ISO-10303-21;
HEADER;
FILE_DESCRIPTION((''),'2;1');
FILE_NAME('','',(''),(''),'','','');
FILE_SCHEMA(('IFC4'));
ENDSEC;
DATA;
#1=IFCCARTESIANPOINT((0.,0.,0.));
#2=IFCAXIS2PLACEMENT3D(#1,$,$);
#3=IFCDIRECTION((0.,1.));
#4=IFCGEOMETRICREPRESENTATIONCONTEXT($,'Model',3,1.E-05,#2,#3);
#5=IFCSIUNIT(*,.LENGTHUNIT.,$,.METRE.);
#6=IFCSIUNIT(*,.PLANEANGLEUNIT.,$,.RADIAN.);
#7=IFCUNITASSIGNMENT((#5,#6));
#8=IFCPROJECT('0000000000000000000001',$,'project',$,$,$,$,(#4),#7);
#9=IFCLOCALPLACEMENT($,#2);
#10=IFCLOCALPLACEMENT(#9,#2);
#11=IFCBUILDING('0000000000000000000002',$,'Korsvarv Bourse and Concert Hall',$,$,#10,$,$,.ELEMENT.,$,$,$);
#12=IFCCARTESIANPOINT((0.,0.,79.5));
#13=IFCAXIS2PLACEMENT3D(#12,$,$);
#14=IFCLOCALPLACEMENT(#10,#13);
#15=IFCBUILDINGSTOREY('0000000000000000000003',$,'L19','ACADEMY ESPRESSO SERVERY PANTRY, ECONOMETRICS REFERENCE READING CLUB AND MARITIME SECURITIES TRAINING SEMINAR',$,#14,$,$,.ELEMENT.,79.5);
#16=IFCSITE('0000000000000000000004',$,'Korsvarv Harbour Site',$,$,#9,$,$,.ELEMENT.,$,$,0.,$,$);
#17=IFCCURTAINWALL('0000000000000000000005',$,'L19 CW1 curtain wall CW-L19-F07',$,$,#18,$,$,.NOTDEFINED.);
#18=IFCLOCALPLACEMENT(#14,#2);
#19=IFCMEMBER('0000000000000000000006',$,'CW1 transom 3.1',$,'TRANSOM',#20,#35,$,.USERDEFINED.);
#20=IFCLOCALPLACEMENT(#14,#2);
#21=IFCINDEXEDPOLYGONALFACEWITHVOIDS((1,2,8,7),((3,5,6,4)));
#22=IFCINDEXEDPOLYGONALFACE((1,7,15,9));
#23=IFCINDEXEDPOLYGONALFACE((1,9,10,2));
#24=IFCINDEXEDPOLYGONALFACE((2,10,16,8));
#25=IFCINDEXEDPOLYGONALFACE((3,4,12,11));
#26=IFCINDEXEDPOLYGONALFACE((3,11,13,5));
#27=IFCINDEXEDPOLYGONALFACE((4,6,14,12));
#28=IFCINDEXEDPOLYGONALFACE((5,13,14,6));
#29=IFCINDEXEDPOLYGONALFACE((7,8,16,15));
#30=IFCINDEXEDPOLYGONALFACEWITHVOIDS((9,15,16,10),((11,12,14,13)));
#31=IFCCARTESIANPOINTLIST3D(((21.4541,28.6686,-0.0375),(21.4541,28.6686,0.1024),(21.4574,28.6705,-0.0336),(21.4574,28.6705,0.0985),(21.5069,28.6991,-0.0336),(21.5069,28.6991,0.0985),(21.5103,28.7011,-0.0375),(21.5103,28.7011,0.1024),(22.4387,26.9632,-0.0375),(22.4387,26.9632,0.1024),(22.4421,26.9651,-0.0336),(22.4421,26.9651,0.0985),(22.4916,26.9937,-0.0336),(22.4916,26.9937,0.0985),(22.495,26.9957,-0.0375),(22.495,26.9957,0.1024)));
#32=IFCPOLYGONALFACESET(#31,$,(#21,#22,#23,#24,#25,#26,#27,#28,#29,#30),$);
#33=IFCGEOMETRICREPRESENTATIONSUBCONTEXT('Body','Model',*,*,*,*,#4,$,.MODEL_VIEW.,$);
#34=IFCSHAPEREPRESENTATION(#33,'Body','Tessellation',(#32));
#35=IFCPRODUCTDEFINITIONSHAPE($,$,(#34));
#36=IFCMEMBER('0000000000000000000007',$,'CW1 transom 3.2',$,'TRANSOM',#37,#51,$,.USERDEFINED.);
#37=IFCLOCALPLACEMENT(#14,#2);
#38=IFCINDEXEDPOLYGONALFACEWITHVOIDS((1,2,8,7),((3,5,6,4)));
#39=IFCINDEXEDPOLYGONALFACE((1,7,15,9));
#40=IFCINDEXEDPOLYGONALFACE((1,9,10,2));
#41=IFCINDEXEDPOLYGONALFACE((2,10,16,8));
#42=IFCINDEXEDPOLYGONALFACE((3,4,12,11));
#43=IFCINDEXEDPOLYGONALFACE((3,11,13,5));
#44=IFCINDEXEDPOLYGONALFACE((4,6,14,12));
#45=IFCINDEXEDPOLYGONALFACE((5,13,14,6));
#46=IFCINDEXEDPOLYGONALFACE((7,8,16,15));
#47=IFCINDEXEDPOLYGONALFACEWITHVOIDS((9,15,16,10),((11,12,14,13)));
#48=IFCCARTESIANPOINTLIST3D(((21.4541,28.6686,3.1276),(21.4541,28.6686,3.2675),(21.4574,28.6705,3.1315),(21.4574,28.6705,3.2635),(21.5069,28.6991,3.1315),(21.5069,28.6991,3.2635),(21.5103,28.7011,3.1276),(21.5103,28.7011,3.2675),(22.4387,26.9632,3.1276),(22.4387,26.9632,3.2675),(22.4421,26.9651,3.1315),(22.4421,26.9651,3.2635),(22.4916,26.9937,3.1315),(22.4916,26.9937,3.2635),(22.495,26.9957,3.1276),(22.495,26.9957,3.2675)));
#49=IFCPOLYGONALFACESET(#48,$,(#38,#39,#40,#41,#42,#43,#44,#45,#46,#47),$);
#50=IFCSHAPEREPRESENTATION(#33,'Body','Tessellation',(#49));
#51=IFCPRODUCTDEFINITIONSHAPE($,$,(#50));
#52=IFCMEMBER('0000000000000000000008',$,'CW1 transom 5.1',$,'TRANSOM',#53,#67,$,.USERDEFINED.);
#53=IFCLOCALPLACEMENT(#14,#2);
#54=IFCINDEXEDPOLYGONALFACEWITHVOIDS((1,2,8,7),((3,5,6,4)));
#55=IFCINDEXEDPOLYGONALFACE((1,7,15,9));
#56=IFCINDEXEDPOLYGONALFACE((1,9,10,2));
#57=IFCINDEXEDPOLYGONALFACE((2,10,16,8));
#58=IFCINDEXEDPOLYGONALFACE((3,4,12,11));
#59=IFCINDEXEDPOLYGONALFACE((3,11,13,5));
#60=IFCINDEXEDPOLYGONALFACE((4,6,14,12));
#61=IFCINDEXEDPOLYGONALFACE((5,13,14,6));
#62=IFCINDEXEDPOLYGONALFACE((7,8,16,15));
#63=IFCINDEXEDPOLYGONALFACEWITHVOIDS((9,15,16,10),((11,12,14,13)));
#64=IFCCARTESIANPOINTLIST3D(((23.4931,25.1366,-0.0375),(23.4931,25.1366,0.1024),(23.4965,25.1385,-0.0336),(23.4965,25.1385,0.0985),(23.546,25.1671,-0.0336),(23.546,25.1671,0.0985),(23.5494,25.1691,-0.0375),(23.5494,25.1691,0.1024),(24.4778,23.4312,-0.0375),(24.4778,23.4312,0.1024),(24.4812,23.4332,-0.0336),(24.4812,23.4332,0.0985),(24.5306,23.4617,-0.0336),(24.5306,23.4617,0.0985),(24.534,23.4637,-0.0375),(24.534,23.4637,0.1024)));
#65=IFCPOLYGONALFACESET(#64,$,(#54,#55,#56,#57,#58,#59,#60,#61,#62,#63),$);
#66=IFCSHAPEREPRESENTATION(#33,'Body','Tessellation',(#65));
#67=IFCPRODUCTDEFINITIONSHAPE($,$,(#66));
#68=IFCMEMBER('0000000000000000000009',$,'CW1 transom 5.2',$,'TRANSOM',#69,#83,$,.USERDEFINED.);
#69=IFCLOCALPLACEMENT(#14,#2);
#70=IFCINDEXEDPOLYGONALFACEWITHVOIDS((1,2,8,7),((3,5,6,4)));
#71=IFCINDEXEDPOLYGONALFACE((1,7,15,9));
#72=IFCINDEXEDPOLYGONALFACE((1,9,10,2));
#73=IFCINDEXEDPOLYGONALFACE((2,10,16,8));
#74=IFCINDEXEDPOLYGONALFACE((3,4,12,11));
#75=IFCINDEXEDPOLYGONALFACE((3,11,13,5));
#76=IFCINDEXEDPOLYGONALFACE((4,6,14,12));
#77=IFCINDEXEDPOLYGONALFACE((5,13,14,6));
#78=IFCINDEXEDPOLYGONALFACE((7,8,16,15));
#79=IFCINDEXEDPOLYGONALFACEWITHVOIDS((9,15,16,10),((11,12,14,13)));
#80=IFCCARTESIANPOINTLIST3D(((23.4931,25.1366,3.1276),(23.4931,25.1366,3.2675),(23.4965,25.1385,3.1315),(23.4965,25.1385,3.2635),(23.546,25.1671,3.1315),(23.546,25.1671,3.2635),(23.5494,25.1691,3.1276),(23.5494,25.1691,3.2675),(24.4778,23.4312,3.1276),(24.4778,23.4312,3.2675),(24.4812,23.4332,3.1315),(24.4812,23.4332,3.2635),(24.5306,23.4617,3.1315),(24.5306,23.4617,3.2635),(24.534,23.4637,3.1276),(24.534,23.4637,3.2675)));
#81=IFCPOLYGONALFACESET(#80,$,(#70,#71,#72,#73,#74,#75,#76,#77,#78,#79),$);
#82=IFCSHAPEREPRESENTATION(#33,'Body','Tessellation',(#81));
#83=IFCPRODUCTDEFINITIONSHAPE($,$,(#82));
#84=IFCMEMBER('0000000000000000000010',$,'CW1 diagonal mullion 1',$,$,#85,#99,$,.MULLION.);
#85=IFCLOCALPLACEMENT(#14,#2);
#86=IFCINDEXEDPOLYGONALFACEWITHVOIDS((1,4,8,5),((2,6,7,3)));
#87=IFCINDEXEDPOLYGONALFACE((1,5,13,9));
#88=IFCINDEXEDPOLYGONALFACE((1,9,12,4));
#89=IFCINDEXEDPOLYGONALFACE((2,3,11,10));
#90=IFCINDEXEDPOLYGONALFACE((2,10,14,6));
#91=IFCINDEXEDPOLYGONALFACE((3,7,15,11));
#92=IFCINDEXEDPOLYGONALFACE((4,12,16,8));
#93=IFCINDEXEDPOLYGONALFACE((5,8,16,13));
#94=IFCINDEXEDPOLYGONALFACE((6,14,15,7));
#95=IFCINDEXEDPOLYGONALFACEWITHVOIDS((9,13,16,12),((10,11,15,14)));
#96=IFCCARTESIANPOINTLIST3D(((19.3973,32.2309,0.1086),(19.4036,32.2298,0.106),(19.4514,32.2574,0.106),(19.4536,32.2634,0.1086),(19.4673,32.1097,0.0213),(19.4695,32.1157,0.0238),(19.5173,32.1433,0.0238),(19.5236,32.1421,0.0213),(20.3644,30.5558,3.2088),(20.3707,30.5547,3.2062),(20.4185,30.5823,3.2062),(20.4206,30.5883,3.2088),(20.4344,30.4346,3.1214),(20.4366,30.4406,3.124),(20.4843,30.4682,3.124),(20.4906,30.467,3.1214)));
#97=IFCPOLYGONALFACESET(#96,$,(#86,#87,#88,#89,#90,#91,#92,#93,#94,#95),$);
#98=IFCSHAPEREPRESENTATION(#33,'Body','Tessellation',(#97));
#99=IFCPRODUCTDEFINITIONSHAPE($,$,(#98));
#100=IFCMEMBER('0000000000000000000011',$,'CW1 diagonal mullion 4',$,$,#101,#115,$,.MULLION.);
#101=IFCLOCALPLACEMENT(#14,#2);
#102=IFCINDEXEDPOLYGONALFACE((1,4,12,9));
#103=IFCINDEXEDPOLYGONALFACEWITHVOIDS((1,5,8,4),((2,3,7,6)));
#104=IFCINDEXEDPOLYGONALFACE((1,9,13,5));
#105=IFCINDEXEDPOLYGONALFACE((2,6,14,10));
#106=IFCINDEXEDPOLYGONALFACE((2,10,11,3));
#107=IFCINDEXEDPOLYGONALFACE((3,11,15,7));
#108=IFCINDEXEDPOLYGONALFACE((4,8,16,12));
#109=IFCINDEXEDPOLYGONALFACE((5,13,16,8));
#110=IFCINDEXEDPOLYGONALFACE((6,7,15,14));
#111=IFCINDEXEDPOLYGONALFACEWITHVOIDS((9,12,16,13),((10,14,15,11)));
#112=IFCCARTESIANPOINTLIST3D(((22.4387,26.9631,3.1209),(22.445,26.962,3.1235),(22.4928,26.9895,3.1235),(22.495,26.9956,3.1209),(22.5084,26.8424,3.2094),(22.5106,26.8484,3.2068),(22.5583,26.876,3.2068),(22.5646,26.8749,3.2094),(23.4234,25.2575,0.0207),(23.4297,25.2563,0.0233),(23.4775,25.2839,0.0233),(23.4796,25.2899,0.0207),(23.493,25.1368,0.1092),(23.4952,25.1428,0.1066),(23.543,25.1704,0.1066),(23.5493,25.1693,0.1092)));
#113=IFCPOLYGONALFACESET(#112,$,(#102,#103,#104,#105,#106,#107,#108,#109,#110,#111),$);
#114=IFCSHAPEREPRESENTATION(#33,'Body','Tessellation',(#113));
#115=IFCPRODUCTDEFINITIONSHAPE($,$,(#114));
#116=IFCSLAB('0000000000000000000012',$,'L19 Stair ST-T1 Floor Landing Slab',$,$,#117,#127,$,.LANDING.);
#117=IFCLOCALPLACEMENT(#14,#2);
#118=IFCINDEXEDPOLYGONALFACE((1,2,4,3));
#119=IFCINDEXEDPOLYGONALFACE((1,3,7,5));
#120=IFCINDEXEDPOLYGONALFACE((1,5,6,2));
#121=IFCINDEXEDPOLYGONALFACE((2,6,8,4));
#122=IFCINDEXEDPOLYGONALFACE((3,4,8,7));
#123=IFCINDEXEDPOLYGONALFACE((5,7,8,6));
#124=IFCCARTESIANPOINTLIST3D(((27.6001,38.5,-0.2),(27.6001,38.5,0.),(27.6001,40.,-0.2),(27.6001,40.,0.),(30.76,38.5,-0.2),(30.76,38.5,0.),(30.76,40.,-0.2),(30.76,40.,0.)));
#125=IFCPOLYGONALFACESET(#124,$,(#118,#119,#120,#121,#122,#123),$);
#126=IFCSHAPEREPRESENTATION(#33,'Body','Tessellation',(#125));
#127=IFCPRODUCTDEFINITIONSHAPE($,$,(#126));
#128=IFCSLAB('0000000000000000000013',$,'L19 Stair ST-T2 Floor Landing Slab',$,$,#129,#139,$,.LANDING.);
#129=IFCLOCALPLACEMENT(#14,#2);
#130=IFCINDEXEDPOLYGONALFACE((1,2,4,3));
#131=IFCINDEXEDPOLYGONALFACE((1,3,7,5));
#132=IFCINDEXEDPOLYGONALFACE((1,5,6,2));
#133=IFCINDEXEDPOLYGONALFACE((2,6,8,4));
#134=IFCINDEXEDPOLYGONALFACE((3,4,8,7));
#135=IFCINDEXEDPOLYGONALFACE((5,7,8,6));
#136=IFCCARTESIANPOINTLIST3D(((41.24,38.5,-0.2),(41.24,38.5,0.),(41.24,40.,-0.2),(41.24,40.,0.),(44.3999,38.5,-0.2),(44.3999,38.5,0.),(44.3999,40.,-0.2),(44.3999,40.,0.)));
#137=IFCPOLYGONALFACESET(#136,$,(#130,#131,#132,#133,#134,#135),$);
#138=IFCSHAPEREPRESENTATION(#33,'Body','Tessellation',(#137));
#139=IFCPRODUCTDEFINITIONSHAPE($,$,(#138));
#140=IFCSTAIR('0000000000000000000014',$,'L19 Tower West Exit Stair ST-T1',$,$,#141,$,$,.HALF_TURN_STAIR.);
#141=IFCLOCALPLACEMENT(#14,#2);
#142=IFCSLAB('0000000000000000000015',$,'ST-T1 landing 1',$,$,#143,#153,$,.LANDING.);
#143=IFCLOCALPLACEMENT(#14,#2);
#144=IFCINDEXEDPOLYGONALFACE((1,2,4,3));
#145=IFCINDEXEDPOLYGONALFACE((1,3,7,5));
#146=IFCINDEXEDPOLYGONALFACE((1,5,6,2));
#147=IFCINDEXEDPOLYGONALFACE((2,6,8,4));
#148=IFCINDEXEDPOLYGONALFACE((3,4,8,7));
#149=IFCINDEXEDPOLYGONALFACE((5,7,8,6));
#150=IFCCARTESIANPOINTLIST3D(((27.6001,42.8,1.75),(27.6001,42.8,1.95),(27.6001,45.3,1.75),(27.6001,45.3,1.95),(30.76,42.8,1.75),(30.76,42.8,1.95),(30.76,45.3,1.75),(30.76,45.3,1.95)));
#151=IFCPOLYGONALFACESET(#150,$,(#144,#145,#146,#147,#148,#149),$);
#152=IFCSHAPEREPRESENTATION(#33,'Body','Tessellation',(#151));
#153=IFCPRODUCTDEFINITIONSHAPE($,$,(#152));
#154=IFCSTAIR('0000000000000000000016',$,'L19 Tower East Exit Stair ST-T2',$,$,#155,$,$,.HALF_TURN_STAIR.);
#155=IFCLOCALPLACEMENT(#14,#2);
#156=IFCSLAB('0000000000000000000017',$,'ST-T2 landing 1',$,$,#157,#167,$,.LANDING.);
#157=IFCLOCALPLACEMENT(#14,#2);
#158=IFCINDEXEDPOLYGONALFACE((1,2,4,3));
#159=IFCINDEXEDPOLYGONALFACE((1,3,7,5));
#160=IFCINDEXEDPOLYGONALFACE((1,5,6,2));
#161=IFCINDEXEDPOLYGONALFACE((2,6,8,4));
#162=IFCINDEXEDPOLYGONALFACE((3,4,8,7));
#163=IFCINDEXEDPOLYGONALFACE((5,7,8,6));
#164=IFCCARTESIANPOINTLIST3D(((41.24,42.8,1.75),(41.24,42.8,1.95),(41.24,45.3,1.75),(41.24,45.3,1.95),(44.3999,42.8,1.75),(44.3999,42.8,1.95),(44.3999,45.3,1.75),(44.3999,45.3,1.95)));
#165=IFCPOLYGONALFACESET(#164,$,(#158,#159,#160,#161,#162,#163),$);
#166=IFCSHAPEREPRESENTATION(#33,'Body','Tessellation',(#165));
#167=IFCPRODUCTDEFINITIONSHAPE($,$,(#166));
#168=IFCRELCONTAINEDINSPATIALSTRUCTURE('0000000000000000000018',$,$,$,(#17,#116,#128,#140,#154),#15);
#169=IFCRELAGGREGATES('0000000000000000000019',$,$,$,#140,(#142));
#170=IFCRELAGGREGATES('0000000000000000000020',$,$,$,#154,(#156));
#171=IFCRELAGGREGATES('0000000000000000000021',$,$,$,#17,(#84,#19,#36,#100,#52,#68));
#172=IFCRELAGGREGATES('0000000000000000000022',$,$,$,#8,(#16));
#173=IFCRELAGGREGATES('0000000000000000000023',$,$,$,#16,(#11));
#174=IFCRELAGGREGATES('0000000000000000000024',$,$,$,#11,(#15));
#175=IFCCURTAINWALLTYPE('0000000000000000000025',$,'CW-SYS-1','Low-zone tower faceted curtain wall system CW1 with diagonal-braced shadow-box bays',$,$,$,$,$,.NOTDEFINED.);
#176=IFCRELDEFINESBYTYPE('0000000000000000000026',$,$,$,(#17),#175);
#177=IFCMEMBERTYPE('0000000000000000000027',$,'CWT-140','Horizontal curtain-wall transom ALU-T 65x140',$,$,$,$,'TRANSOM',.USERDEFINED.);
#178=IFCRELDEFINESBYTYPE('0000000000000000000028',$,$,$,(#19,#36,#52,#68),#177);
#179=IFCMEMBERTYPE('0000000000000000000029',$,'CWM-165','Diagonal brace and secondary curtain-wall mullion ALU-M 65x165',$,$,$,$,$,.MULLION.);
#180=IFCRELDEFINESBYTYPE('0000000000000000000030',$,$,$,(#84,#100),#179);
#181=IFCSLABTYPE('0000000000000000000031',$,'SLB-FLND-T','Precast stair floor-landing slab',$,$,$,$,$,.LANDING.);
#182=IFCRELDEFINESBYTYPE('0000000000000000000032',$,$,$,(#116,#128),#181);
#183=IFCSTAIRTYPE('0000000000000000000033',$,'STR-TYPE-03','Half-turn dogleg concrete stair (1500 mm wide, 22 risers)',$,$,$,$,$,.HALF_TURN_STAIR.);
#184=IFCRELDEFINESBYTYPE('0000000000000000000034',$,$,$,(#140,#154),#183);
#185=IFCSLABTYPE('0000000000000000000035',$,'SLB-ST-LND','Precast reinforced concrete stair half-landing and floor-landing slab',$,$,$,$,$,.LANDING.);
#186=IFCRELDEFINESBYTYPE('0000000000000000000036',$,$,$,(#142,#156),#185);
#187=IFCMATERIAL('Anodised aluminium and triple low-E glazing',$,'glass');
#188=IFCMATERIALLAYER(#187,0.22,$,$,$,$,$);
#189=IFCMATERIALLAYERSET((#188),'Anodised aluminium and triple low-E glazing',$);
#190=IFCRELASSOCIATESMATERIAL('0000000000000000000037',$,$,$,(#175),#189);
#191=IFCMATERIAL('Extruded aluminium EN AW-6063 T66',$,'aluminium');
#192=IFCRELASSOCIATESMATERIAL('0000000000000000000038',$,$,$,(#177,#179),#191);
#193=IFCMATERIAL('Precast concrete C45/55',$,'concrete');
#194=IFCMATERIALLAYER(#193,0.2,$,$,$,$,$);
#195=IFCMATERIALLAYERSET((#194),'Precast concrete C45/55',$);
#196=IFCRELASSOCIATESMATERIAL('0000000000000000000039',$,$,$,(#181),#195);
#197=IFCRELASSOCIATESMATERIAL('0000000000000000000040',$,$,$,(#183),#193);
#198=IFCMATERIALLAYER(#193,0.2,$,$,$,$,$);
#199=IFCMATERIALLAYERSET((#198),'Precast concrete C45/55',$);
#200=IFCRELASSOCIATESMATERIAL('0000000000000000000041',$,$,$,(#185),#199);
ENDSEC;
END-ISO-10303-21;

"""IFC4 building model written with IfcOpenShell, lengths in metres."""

from ifc_helpers import new_model, si_unit, direction, frame, origin, origin_2d, place, context, subcontext, project, spatial, polyline, hollow_rectangle, outline, extrude, source, transform, mapped, material, layer, layer_set, material_profile, profile_set, type_object, element, aggregate, save


model = new_model("IFC4")

# Units and contexts
model_context = context("Model", 3, precision=1e-05, world=origin(), true_north=direction((0.0, 1.0)))
body_context = subcontext(model_context, "Body", "Model", "MODEL_VIEW")
ifc_project = project(units=[si_unit("LENGTHUNIT", "METRE"), si_unit("PLANEANGLEUNIT", "RADIAN")], contexts=[model_context])

# Site, building, storey
site_placement = place(None, origin())
site = spatial("IfcSite", under=ifc_project, at=site_placement, Name="Korsvarv Harbour Site", CompositionType="ELEMENT", RefElevation=0.0)
building_placement = place(site_placement, origin())
building = spatial("IfcBuilding", under=site, at=building_placement, Name="Korsvarv Bourse and Concert Hall", CompositionType="ELEMENT")
storey_placement = place(building_placement, frame((0.0, 0.0, 79.5)))
storey = spatial("IfcBuildingStorey", under=building, at=storey_placement, Name="L19", Description="ACADEMY ESPRESSO SERVERY PANTRY, ECONOMETRICS REFERENCE READING CLUB AND MARITIME SECURITIES TRAINING SEMINAR", CompositionType="ELEMENT", Elevation=79.5)

# Curtain wall, members
ifc_material_1 = material(Name="Anodised aluminium and triple low-E glazing", Category="glass")
ifc_layer_1 = layer(ifc_material_1, 0.22)
ifc_layer_set_1 = layer_set([ifc_layer_1], Name="Anodised aluminium and triple low-E glazing")
curtain_wall_type = type_object("IfcCurtainWallType", Name="CW-SYS-1", Description="Low-zone tower faceted curtain wall system CW1 with diagonal-braced shadow-box bays", PredefinedType="NOTDEFINED", material=ifc_layer_set_1)
curtain_wall_placement = place(storey_placement, origin())
curtain_wall = element("IfcCurtainWall", 1, at=curtain_wall_placement, inside=storey, type_object=curtain_wall_type, Name="L19 CW1 curtain wall CW-L19-F07", PredefinedType="NOTDEFINED")
ifc_material_2 = material(Name="Extruded aluminium EN AW-6063 T66", Category="aluminium")
ifc_material_profile_1 = material_profile(ifc_material_2, hollow_rectangle(XDim=0.0649, YDim=0.1399, WallThickness=0.0039, at=origin_2d()), Name="ALU-T 65x140")
ifc_profile_set_1 = profile_set([ifc_material_profile_1], Name="Extruded aluminium EN AW-6063 T66")
member_type_1 = type_object("IfcMemberType", Name="CWT-140", Description="Horizontal curtain-wall transom ALU-T 65x140", ElementType="TRANSOM", PredefinedType="USERDEFINED", material=ifc_profile_set_1)
shared_shape_1 = source(origin(), body_context, "Body", "SweptSolid", [
    extrude(hollow_rectangle(XDim=0.0649, YDim=0.1399, WallThickness=0.0039, at=origin_2d()), origin(), (0.0, 0.0, 1.0), 1.9692),
])
member_1_placement = place(storey_placement, frame((21.4822, 28.6848, 0.0325), z_axis=(0.500019, -0.866014, 0.0), x_axis=(0.866014, 0.500019, 0.0)))
member_1 = element("IfcMember", 2, at=member_1_placement, type_object=member_type_1, Name="CW1 transom 3.1", ObjectType="TRANSOM", PredefinedType="USERDEFINED", context=body_context, shape_type="MappedRepresentation", body=[
    mapped(shared_shape_1, transform((0.0, 0.0, 0.0), scale=1.0)),
])
member_2_placement = place(storey_placement, frame((21.4822, 28.6848, 3.1975), z_axis=(0.500019, -0.866014, 0.0), x_axis=(0.866014, 0.500019, 0.0)))
member_2 = element("IfcMember", 3, at=member_2_placement, type_object=member_type_1, Name="CW1 transom 3.2", ObjectType="TRANSOM", PredefinedType="USERDEFINED", context=body_context, shape_type="MappedRepresentation", body=[
    mapped(shared_shape_1, transform((0.0, 0.0, 0.0), scale=1.0)),
])
member_3_placement = place(storey_placement, frame((23.5212, 25.1528, 0.0325), z_axis=(0.500019, -0.866014, 0.0), x_axis=(0.866014, 0.500019, 0.0)))
member_3 = element("IfcMember", 4, at=member_3_placement, type_object=member_type_1, Name="CW1 transom 5.1", ObjectType="TRANSOM", PredefinedType="USERDEFINED", context=body_context, shape_type="MappedRepresentation", body=[
    mapped(shared_shape_1, transform((0.0, 0.0, 0.0), scale=1.0)),
])
member_4_placement = place(storey_placement, frame((23.5212, 25.1528, 3.1975), z_axis=(0.500019, -0.866014, 0.0), x_axis=(0.866014, 0.500019, 0.0)))
member_4 = element("IfcMember", 5, at=member_4_placement, type_object=member_type_1, Name="CW1 transom 5.2", ObjectType="TRANSOM", PredefinedType="USERDEFINED", context=body_context, shape_type="MappedRepresentation", body=[
    mapped(shared_shape_1, transform((0.0, 0.0, 0.0), scale=1.0)),
])
ifc_material_profile_2 = material_profile(ifc_material_2, hollow_rectangle(XDim=0.0649, YDim=0.165, WallThickness=0.0049, at=origin_2d()), Name="ALU-M 65x165")
ifc_profile_set_2 = profile_set([ifc_material_profile_2], Name="Extruded aluminium EN AW-6063 T66")
member_type_2 = type_object("IfcMemberType", Name="CWM-165", Description="Diagonal brace and secondary curtain-wall mullion ALU-M 65x165", PredefinedType="MULLION", material=ifc_profile_set_2)
shared_shape_2 = source(origin(), body_context, "Body", "SweptSolid", [
    extrude(hollow_rectangle(XDim=0.0649, YDim=0.165, WallThickness=0.0049, at=origin_2d()), origin(), (0.0, 0.0, 1.0), 3.6541),
])
member_5_placement = place(storey_placement, frame((19.4604, 32.1865, 0.0649), z_axis=(0.264654, -0.458418, 0.848417), x_axis=(0.866036, 0.499981, 0.0)))
member_5 = element("IfcMember", 6, at=member_5_placement, type_object=member_type_2, Name="CW1 diagonal mullion 1", PredefinedType="MULLION", context=body_context, shape_type="MappedRepresentation", body=[
    mapped(shared_shape_2, transform((0.0, 0.0, 0.0), scale=1.0)),
])
shared_shape_3 = source(origin(), body_context, "Body", "SweptSolid", [
    extrude(hollow_rectangle(XDim=0.0649, YDim=0.165, WallThickness=0.0049, at=origin_2d()), origin(), (0.0, 0.0, 1.0), 3.6729),
])
member_6_placement = place(storey_placement, frame((23.4863, 25.2134, 0.0649), z_axis=(-0.268088, 0.464385, 0.844083), x_axis=(-0.866045, -0.499966, 0.0)))
member_6 = element("IfcMember", 7, at=member_6_placement, type_object=member_type_2, Name="CW1 diagonal mullion 4", PredefinedType="MULLION", context=body_context, shape_type="MappedRepresentation", body=[
    mapped(shared_shape_3, transform((0.0, 0.0, 0.0), scale=1.0)),
])

# Slabs
ifc_material_3 = material(Name="Precast concrete C45/55", Category="concrete")
ifc_layer_2 = layer(ifc_material_3, 0.2)
ifc_layer_set_2 = layer_set([ifc_layer_2], Name="Precast concrete C45/55")
slab_type_1 = type_object("IfcSlabType", Name="SLB-FLND-T", Description="Precast stair floor-landing slab", PredefinedType="LANDING", material=ifc_layer_set_2)
slab_1_placement = place(storey_placement, frame((0.0, 0.0, -0.2)))
element("IfcSlab", 8, at=slab_1_placement, inside=storey, type_object=slab_type_1, Name="L19 Stair ST-T1 Floor Landing Slab", PredefinedType="LANDING", context=body_context, shape_type="SweptSolid", body=[
    extrude(outline(polyline([(30.76, 38.5), (30.76, 40.0), (27.6001, 40.0), (27.6001, 38.5), (30.76, 38.5)])), origin(), (0.0, 0.0, 1.0), 0.2),
])
slab_2_placement = place(storey_placement, frame((0.0, 0.0, -0.2)))
element("IfcSlab", 9, at=slab_2_placement, inside=storey, type_object=slab_type_1, Name="L19 Stair ST-T2 Floor Landing Slab", PredefinedType="LANDING", context=body_context, shape_type="SweptSolid", body=[
    extrude(outline(polyline([(44.3999, 38.5), (44.3999, 40.0), (41.24, 40.0), (41.24, 38.5), (44.3999, 38.5)])), origin(), (0.0, 0.0, 1.0), 0.2),
])

# Stairs, slabs
stair_type = type_object("IfcStairType", Name="STR-TYPE-03", Description="Half-turn dogleg concrete stair (1500 mm wide, 22 risers)", PredefinedType="HALF_TURN_STAIR", material=ifc_material_3)
stair_1_placement = place(storey_placement, origin())
stair_1 = element("IfcStair", 10, at=stair_1_placement, inside=storey, type_object=stair_type, Name="L19 Tower West Exit Stair ST-T1", PredefinedType="HALF_TURN_STAIR")
ifc_layer_3 = layer(ifc_material_3, 0.2)
ifc_layer_set_3 = layer_set([ifc_layer_3], Name="Precast concrete C45/55")
slab_type_2 = type_object("IfcSlabType", Name="SLB-ST-LND", Description="Precast reinforced concrete stair half-landing and floor-landing slab", PredefinedType="LANDING", material=ifc_layer_set_3)
slab_3_placement = place(storey_placement, frame((0.0, 0.0, 1.75)))
slab_3 = element("IfcSlab", 11, at=slab_3_placement, type_object=slab_type_2, Name="ST-T1 landing 1", PredefinedType="LANDING", context=body_context, shape_type="SweptSolid", body=[
    extrude(outline(polyline([(30.76, 42.8), (30.76, 45.3), (27.6001, 45.3), (27.6001, 42.8), (30.76, 42.8)])), origin(), (0.0, 0.0, 1.0), 0.2),
])
aggregate(stair_1, [slab_3])
stair_2_placement = place(storey_placement, origin())
stair_2 = element("IfcStair", 12, at=stair_2_placement, inside=storey, type_object=stair_type, Name="L19 Tower East Exit Stair ST-T2", PredefinedType="HALF_TURN_STAIR")
slab_4_placement = place(storey_placement, frame((0.0, 0.0, 1.75)))
slab_4 = element("IfcSlab", 13, at=slab_4_placement, type_object=slab_type_2, Name="ST-T2 landing 1", PredefinedType="LANDING", context=body_context, shape_type="SweptSolid", body=[
    extrude(outline(polyline([(44.3999, 42.8), (44.3999, 45.3), (41.24, 45.3), (41.24, 42.8), (44.3999, 42.8)])), origin(), (0.0, 0.0, 1.0), 0.2),
])
aggregate(stair_2, [slab_4])

aggregate(curtain_wall, [member_5, member_1, member_2, member_6, member_3, member_4])

save(model, "model.ifc")
